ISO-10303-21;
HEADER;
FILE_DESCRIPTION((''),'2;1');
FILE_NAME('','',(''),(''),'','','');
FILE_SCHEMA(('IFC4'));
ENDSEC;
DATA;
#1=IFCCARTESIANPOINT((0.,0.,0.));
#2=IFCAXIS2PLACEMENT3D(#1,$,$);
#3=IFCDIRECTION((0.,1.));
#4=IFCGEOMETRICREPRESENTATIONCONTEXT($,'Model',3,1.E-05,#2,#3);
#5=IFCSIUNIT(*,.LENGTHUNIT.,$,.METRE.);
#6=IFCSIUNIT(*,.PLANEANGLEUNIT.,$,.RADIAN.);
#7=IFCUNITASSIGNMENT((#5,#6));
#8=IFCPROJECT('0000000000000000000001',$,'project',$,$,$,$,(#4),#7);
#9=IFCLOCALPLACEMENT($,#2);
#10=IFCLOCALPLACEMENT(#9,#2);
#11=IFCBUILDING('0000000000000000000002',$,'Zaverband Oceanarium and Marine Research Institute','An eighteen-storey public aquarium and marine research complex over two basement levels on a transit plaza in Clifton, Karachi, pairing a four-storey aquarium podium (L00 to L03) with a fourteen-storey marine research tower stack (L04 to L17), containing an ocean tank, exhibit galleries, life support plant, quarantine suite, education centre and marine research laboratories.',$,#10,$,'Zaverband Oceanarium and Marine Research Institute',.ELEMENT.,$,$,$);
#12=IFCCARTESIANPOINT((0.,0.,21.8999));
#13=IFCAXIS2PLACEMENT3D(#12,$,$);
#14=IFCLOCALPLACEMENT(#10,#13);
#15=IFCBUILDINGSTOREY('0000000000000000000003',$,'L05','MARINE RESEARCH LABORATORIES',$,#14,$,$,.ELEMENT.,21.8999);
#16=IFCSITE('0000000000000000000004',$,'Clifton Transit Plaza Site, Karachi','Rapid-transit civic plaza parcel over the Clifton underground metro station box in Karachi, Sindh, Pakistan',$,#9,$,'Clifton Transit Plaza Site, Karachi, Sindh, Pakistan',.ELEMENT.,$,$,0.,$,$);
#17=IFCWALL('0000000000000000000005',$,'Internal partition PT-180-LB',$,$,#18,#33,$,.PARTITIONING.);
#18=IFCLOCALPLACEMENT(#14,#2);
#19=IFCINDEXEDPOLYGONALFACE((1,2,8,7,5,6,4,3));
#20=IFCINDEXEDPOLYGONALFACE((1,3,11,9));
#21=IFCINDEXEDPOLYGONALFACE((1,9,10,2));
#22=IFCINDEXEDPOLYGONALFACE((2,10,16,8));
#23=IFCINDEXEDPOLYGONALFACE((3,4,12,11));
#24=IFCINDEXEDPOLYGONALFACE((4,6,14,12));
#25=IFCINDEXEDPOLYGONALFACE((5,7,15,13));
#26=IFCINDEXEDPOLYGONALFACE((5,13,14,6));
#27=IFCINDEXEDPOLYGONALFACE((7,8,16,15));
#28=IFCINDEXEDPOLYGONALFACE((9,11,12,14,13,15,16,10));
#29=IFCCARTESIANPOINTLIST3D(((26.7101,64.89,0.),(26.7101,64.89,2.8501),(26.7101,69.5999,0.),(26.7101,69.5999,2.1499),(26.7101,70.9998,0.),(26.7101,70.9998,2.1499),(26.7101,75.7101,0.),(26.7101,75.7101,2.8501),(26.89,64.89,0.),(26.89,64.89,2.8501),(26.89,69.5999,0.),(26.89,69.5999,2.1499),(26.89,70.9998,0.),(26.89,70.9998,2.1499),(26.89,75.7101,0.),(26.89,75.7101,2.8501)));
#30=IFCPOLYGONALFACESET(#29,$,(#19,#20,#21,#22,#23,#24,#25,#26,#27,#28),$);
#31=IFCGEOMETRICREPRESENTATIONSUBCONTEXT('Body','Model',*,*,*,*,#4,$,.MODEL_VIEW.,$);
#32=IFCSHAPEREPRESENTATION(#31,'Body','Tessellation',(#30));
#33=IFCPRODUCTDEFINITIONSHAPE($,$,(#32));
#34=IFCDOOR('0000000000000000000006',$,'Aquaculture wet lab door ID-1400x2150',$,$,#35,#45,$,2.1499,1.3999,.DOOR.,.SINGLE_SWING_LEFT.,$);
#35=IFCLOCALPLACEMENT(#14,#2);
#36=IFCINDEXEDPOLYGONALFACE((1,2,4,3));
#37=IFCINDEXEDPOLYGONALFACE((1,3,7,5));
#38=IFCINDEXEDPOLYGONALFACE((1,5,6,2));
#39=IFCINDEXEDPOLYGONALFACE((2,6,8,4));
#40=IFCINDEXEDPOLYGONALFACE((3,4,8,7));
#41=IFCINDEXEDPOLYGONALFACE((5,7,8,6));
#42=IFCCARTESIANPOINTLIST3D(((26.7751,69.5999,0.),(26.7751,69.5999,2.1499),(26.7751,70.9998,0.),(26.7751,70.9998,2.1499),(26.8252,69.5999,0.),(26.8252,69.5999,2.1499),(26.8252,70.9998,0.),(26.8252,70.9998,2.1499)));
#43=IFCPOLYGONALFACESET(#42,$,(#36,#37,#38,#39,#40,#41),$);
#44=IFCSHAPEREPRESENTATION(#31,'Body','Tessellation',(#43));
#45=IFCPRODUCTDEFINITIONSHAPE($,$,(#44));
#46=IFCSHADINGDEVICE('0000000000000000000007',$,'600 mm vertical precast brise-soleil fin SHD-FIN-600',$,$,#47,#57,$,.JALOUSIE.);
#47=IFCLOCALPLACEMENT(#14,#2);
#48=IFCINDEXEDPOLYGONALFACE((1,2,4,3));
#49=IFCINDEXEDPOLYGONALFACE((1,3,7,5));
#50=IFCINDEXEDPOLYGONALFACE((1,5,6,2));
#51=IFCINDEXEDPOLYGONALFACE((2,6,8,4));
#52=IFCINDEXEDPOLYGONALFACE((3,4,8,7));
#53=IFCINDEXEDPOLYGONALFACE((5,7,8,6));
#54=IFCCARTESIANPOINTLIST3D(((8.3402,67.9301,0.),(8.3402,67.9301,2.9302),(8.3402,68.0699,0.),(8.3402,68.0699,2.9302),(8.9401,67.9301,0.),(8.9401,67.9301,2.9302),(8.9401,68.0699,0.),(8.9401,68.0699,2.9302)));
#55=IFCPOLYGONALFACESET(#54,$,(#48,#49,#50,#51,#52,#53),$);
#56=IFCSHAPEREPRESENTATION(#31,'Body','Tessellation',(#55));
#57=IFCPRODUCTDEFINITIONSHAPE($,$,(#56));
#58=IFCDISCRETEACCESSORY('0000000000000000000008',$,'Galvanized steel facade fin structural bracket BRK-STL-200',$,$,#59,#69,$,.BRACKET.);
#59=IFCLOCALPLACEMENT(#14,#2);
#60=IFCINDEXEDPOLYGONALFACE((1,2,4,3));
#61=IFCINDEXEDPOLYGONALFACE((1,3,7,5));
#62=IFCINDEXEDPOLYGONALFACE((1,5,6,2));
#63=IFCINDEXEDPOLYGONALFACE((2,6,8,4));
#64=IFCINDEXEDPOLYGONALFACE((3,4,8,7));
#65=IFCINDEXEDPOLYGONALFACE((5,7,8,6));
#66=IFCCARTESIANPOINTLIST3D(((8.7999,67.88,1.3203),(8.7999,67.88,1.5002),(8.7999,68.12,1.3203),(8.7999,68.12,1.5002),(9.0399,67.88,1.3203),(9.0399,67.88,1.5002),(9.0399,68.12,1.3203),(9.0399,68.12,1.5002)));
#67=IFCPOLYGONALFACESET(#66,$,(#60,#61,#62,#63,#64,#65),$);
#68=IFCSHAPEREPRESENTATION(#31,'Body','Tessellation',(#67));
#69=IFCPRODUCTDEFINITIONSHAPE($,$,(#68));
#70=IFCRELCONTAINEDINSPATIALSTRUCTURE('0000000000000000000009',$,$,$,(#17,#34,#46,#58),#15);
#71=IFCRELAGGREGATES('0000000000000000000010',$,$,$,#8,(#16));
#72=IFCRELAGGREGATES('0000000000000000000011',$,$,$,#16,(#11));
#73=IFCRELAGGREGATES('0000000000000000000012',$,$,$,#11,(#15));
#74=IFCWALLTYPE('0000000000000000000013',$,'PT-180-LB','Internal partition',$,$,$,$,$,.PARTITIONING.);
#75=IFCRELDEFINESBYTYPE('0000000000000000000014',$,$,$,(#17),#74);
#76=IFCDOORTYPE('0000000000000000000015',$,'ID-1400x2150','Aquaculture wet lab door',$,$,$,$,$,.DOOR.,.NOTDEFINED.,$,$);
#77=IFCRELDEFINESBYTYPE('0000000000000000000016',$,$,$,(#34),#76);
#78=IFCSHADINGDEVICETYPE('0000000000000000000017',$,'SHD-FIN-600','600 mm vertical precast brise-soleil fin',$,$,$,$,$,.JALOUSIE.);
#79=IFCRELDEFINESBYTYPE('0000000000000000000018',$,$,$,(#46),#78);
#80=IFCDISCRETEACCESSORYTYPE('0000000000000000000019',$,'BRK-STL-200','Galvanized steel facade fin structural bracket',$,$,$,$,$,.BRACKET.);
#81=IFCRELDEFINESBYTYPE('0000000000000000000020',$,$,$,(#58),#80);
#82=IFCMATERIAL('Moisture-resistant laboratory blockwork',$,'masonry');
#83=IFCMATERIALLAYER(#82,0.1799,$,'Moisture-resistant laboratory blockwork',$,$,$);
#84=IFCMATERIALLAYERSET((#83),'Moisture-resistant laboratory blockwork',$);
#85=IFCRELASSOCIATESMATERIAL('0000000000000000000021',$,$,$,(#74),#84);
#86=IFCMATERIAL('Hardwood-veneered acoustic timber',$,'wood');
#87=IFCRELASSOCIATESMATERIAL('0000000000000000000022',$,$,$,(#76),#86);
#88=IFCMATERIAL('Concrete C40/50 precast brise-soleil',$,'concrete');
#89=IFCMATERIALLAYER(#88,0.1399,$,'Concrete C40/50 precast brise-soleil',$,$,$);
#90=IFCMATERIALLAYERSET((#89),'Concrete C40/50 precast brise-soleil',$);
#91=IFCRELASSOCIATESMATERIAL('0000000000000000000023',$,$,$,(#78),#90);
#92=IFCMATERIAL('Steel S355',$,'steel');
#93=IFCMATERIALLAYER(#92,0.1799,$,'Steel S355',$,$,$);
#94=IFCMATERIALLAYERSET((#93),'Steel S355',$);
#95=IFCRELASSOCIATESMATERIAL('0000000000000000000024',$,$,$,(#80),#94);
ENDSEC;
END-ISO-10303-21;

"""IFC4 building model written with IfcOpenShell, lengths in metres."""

from ifc_helpers import new_model, si_unit, direction, frame, frame_2d, origin, origin_2d, place, context, subcontext, project, spatial, rectangle, extrude, material, layer, layer_set, type_object, element, fill, save


model = new_model("IFC4")

# Units and contexts
model_context = context("Model", 3, precision=1e-05, world=origin(), true_north=direction((0.0, 1.0)))
body_context = subcontext(model_context, "Body", "Model", "MODEL_VIEW")
ifc_project = project(units=[si_unit("LENGTHUNIT", "METRE"), si_unit("PLANEANGLEUNIT", "RADIAN")], contexts=[model_context])

# Site, building, storey
site_placement = place(None, origin())
site = spatial("IfcSite", under=ifc_project, at=site_placement, Name="Clifton Transit Plaza Site, Karachi", Description="Rapid-transit civic plaza parcel over the Clifton underground metro station box in Karachi, Sindh, Pakistan", LongName="Clifton Transit Plaza Site, Karachi, Sindh, Pakistan", CompositionType="ELEMENT", RefElevation=0.0)
building_placement = place(site_placement, origin())
building = spatial("IfcBuilding", under=site, at=building_placement, Name="Zaverband Oceanarium and Marine Research Institute", Description="An eighteen-storey public aquarium and marine research complex over two basement levels on a transit plaza in Clifton, Karachi, pairing a four-storey aquarium podium (L00 to L03) with a fourteen-storey marine research tower stack (L04 to L17), containing an ocean tank, exhibit galleries, life support plant, quarantine suite, education centre and marine research laboratories.", LongName="Zaverband Oceanarium and Marine Research Institute", CompositionType="ELEMENT")
storey_placement = place(building_placement, frame((0.0, 0.0, 21.8999)))
storey = spatial("IfcBuildingStorey", under=building, at=storey_placement, Name="L05", Description="MARINE RESEARCH LABORATORIES", CompositionType="ELEMENT", Elevation=21.8999)

# Shared definitions
ifc_material_1 = material(Name="Moisture-resistant laboratory blockwork", Category="masonry")
ifc_layer_1 = layer(ifc_material_1, 0.1799, Name="Moisture-resistant laboratory blockwork")
ifc_layer_set_1 = layer_set([ifc_layer_1], Name="Moisture-resistant laboratory blockwork")
wall_type_1 = type_object("IfcWallType", Name="PT-180-LB", Description="Internal partition", PredefinedType="PARTITIONING", material=ifc_layer_set_1)

# Wall, opening, door
wall_1_placement = place(storey_placement, frame((26.8, 64.8899, 0.0), z_axis=(0.0, 0.0, 1.0), x_axis=(0.0, 1.0, 0.0)))
wall_1 = element("IfcWall", 1, at=wall_1_placement, inside=storey, type_object=wall_type_1, Name="Internal partition PT-180-LB", PredefinedType="PARTITIONING", context=body_context, shape_type="SweptSolid", body=[
    extrude(rectangle(XDim=10.8201, YDim=0.1799, at=frame_2d((5.4102, 0.0))), origin(), (0.0, 0.0, 1.0), 2.8501),
])
opening_1_placement = place(wall_1_placement, frame((4.71, 0.0, 0.0)))
opening_1 = element("IfcOpeningElement", 2, at=opening_1_placement, cuts=wall_1, PredefinedType="OPENING", context=body_context, shape_type="SweptSolid", body=[
    extrude(rectangle(XDim=1.3999, YDim=2.1499, at=frame_2d((0.7, 1.075))), frame((0.0, 0.1021, 0.0), z_axis=(0.0, -1.0, 0.0), x_axis=(1.0, 0.0, 0.0)), (0.0, 0.0, 1.0), 0.2039),
])
ifc_material_2 = material(Name="Hardwood-veneered acoustic timber", Category="wood")
door_type = type_object("IfcDoorType", Name="ID-1400x2150", Description="Aquaculture wet lab door", OperationType="NOTDEFINED", PredefinedType="DOOR", material=ifc_material_2)
door_placement = place(opening_1_placement, origin())
door = element("IfcDoor", 3, at=door_placement, inside=storey, type_object=door_type, Name="Aquaculture wet lab door ID-1400x2150", OperationType="SINGLE_SWING_LEFT", OverallHeight=2.1499, OverallWidth=1.3999, PredefinedType="DOOR", context=body_context, shape_type="SweptSolid", body=[
    extrude(rectangle(XDim=1.3999, YDim=2.1499, at=frame_2d((0.7, 1.075))), frame((0.0, 0.0249, 0.0), z_axis=(0.0, -1.0, 0.0), x_axis=(1.0, 0.0, 0.0)), (0.0, 0.0, 1.0), 0.05),
])
fill(opening_1, door)

# Shading device
ifc_material_3 = material(Name="Concrete C40/50 precast brise-soleil", Category="concrete")
ifc_layer_2 = layer(ifc_material_3, 0.1399, Name="Concrete C40/50 precast brise-soleil")
ifc_layer_set_2 = layer_set([ifc_layer_2], Name="Concrete C40/50 precast brise-soleil")
shading_device_type = type_object("IfcShadingDeviceType", Name="SHD-FIN-600", Description="600 mm vertical precast brise-soleil fin", PredefinedType="JALOUSIE", material=ifc_layer_set_2)
shading_device_placement = place(storey_placement, frame((8.9399, 68.0, 0.0), z_axis=(0.0, 0.0, 1.0), x_axis=(-1.0, 0.0, 0.0)))
element("IfcShadingDevice", 4, at=shading_device_placement, inside=storey, type_object=shading_device_type, Name="600 mm vertical precast brise-soleil fin SHD-FIN-600", PredefinedType="JALOUSIE", context=body_context, shape_type="SweptSolid", body=[
    extrude(rectangle(XDim=0.5999, YDim=0.1399, at=frame_2d((0.2998, 0.0))), origin(), (0.0, 0.0, 1.0), 2.9302),
])

# Discrete accessory
ifc_material_4 = material(Name="Steel S355", Category="steel")
ifc_layer_3 = layer(ifc_material_4, 0.1799, Name="Steel S355")
ifc_layer_set_3 = layer_set([ifc_layer_3], Name="Steel S355")
discrete_accessory_type = type_object("IfcDiscreteAccessoryType", Name="BRK-STL-200", Description="Galvanized steel facade fin structural bracket", PredefinedType="BRACKET", material=ifc_layer_set_3)
discrete_accessory_placement = place(storey_placement, frame((8.9199, 68.0, 1.3203), z_axis=(0.0, 0.0, 1.0), x_axis=(1.0, 0.0, 0.0)))
element("IfcDiscreteAccessory", 5, at=discrete_accessory_placement, inside=storey, type_object=discrete_accessory_type, Name="Galvanized steel facade fin structural bracket BRK-STL-200", PredefinedType="BRACKET", context=body_context, shape_type="SweptSolid", body=[
    extrude(rectangle(XDim=0.24, YDim=0.24, at=origin_2d()), origin(), (0.0, 0.0, 1.0), 0.1799),
])

save(model, "model.ifc")
